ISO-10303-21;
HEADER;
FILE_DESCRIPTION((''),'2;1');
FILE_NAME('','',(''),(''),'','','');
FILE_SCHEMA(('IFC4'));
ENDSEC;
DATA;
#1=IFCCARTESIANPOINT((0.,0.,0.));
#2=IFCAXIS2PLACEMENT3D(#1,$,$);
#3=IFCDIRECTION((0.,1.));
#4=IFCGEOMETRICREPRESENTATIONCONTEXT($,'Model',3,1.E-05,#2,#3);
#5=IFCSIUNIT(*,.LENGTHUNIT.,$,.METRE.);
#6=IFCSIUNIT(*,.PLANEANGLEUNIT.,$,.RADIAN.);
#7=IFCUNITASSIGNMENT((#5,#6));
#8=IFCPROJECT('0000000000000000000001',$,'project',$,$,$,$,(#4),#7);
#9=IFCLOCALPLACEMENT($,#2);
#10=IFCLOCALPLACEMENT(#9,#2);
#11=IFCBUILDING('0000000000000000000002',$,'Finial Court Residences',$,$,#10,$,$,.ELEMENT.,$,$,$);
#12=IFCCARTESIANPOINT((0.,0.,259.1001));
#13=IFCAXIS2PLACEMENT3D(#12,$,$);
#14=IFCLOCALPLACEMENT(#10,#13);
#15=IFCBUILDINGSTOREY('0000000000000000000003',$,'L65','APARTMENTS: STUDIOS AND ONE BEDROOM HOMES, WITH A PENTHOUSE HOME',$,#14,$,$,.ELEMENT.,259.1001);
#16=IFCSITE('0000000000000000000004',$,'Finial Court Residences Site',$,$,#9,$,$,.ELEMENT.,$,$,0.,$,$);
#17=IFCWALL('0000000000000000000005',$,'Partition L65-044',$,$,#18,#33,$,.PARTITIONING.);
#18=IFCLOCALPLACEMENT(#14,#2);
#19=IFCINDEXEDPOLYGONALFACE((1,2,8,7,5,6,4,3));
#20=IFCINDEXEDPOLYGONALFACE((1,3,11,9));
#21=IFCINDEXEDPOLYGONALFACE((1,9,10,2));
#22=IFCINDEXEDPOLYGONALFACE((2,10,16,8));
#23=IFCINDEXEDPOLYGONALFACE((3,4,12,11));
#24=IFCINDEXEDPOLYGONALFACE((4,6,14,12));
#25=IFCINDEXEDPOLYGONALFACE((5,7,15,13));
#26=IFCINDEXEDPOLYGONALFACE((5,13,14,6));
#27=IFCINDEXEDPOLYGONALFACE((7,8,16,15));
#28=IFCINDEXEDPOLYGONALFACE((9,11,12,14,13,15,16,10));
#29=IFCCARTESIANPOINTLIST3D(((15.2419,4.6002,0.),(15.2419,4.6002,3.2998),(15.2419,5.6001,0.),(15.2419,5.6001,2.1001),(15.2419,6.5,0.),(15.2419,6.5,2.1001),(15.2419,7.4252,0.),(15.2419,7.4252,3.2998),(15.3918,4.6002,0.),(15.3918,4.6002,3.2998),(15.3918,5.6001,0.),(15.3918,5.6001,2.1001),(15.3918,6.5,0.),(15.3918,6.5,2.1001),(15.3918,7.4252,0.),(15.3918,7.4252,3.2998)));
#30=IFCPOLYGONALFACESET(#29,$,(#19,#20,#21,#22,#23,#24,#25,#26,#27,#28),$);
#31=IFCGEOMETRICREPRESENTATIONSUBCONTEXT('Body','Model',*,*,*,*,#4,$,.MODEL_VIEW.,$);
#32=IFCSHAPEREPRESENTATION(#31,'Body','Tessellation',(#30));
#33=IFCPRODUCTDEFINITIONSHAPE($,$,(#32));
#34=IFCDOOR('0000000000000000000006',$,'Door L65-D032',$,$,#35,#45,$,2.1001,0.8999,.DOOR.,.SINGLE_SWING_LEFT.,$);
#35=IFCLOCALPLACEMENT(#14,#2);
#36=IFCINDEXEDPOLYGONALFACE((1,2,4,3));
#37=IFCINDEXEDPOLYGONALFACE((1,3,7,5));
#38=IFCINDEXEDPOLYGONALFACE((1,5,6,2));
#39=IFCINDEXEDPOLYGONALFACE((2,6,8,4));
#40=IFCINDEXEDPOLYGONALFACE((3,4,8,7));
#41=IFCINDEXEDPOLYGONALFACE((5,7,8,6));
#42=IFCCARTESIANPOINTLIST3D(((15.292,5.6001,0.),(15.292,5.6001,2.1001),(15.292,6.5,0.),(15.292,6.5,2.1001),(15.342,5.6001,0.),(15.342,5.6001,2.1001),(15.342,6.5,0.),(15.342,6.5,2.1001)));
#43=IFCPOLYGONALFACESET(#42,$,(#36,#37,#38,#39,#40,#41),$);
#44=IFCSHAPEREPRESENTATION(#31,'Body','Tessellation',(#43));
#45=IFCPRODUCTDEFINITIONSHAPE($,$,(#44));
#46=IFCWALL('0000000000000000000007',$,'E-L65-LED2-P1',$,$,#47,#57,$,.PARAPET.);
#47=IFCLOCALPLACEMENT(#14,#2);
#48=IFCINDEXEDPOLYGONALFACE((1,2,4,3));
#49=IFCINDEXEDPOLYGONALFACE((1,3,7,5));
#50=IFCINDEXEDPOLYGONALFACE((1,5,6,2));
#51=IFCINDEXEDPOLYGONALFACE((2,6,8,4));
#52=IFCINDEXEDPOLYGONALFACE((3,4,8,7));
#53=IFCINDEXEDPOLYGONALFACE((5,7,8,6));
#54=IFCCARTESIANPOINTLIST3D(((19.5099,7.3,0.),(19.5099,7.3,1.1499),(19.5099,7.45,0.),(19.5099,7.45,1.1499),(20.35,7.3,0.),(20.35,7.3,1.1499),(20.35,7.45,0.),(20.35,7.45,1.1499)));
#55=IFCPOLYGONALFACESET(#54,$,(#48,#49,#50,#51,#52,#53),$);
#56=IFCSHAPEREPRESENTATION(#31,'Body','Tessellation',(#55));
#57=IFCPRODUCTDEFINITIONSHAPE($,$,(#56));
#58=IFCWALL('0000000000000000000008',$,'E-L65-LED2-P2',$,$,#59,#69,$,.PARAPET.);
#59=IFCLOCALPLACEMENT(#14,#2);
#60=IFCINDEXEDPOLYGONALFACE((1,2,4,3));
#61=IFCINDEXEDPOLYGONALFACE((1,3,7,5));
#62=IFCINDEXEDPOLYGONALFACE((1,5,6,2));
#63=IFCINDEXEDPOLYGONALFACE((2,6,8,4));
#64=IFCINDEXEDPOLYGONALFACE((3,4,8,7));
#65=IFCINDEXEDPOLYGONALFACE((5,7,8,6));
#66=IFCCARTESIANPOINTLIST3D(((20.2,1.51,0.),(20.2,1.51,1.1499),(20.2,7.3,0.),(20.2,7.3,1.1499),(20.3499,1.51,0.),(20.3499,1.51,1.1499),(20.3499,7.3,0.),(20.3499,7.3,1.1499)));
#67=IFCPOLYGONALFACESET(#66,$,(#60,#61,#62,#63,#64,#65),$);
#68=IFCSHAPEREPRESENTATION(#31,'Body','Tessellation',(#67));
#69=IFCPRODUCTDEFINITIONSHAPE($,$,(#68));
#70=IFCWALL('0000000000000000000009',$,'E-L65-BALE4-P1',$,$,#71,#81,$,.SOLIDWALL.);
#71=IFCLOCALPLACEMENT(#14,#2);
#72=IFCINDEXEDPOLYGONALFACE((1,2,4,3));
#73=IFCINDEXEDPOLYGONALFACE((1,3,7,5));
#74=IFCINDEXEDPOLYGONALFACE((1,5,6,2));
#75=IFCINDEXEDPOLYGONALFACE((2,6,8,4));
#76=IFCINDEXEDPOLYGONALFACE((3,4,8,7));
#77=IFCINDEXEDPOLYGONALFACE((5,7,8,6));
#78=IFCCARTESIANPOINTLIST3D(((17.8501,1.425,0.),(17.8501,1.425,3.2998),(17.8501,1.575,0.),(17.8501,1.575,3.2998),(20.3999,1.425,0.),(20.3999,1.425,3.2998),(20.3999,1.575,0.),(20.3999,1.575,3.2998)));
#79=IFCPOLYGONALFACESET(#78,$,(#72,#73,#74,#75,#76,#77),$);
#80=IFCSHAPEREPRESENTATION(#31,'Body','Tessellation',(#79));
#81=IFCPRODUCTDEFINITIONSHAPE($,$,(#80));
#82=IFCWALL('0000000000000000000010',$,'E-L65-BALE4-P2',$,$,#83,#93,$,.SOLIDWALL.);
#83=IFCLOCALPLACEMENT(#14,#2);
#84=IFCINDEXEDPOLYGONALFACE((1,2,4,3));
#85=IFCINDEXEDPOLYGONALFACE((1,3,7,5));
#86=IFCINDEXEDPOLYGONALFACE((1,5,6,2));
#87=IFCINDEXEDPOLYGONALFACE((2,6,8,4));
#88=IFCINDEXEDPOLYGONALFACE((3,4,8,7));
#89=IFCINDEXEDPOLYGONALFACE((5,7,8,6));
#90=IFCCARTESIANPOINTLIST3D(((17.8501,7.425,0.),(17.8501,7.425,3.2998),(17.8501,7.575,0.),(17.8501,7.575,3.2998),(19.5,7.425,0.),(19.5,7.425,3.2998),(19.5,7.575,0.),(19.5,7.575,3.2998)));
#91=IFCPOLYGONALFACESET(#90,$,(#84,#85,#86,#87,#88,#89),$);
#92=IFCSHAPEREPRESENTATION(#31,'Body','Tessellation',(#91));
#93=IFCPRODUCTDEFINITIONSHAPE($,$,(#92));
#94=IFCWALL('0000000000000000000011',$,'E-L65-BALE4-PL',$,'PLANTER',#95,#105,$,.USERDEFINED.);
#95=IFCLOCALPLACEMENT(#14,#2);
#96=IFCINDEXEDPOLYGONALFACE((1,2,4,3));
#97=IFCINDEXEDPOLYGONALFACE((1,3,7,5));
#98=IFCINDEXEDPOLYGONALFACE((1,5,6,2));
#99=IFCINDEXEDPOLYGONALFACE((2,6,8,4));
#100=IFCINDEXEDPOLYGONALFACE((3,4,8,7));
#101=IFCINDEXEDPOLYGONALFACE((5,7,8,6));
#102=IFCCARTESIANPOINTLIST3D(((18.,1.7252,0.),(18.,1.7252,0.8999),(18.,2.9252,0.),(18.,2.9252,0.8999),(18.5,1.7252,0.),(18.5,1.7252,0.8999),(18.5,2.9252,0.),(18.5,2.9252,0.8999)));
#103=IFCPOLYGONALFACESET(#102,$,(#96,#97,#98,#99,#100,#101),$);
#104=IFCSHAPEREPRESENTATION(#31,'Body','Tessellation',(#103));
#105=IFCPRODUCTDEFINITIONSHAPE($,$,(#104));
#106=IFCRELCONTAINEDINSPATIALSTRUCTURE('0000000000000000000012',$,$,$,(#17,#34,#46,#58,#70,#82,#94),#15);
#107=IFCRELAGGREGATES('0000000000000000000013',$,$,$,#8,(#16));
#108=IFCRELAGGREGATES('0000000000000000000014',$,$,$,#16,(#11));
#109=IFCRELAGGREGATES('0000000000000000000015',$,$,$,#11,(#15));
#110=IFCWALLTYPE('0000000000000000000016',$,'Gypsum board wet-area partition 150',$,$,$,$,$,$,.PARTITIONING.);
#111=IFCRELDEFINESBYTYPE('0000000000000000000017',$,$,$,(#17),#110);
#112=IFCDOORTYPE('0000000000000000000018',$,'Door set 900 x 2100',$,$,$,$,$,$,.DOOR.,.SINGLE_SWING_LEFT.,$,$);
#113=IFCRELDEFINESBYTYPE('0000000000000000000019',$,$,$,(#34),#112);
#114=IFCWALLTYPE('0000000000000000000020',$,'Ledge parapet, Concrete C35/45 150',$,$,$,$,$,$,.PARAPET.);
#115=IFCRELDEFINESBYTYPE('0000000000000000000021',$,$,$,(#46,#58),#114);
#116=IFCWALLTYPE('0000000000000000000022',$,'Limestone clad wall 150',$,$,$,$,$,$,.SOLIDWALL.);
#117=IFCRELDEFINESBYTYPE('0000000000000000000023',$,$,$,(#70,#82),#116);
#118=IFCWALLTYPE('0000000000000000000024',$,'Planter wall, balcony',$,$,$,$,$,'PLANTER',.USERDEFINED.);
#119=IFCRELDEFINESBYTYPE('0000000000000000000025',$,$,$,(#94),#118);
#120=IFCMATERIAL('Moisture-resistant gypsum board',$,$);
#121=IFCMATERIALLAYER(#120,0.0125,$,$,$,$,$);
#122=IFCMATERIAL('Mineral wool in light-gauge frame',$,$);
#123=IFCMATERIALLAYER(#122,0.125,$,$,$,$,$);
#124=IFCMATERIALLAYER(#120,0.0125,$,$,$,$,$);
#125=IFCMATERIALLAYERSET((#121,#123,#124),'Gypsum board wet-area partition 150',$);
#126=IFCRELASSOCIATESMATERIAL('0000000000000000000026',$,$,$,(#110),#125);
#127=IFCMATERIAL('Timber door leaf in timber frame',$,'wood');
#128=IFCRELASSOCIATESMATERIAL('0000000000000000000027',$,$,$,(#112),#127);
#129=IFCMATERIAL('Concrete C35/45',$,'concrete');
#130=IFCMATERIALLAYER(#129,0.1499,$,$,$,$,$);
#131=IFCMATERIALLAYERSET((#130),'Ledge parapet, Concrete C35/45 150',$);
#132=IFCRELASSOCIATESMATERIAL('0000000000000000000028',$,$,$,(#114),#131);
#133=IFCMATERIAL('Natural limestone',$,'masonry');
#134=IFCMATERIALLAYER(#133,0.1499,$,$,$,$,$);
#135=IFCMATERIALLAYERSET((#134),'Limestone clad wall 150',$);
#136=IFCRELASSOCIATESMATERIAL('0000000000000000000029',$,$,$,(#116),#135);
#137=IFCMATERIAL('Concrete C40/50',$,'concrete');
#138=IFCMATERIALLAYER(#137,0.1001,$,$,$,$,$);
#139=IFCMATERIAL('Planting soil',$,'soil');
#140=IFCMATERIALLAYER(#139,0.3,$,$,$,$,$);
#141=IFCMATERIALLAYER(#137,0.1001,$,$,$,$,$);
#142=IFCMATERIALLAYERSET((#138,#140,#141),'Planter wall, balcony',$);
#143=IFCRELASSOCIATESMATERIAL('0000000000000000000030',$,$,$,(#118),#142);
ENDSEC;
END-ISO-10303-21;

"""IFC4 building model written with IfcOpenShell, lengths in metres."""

from ifc_helpers import new_model, si_unit, direction, frame, frame_2d, origin, place, context, subcontext, project, spatial, rectangle, extrude, material, layer, layer_set, type_object, element, fill, save


model = new_model("IFC4")

# Units and contexts
model_context = context("Model", 3, precision=1e-05, world=origin(), true_north=direction((0.0, 1.0)))
body_context = subcontext(model_context, "Body", "Model", "MODEL_VIEW")
ifc_project = project(units=[si_unit("LENGTHUNIT", "METRE"), si_unit("PLANEANGLEUNIT", "RADIAN")], contexts=[model_context])

# Site, building, storey
site_placement = place(None, origin())
site = spatial("IfcSite", under=ifc_project, at=site_placement, Name="Finial Court Residences Site", CompositionType="ELEMENT", RefElevation=0.0)
building_placement = place(site_placement, origin())
building = spatial("IfcBuilding", under=site, at=building_placement, Name="Finial Court Residences", CompositionType="ELEMENT")
storey_placement = place(building_placement, frame((0.0, 0.0, 259.1001)))
storey = spatial("IfcBuildingStorey", under=building, at=storey_placement, Name="L65", Description="APARTMENTS: STUDIOS AND ONE BEDROOM HOMES, WITH A PENTHOUSE HOME", CompositionType="ELEMENT", Elevation=259.1001)

# Shared definitions
ifc_material_1 = material(Name="Mineral wool in light-gauge frame")

# Wall, opening, door
ifc_material_2 = material(Name="Moisture-resistant gypsum board")
ifc_layer_1 = layer(ifc_material_2, 0.0125)
ifc_layer_2 = layer(ifc_material_1, 0.125)
ifc_layer_3 = layer(ifc_material_2, 0.0125)
ifc_layer_set_1 = layer_set([ifc_layer_1, ifc_layer_2, ifc_layer_3], Name="Gypsum board wet-area partition 150")
wall_type_1 = type_object("IfcWallType", Name="Gypsum board wet-area partition 150", PredefinedType="PARTITIONING", material=ifc_layer_set_1)
ifc_material_3 = material(Name="Timber door leaf in timber frame", Category="wood")
door_type_1 = type_object("IfcDoorType", Name="Door set 900 x 2100", OperationType="SINGLE_SWING_LEFT", PredefinedType="DOOR", material=ifc_material_3)
wall_1_placement = place(storey_placement, frame((15.3169, 4.6001, 0.0), z_axis=(0.0, 0.0, 1.0), x_axis=(0.0, 1.0, 0.0)))
wall_1 = element("IfcWall", 1, at=wall_1_placement, inside=storey, type_object=wall_type_1, Name="Partition L65-044", PredefinedType="PARTITIONING", context=body_context, shape_type="SweptSolid", body=[
    extrude(rectangle(XDim=2.825, YDim=0.1499, at=frame_2d((1.4126, 0.0))), origin(), (0.0, 0.0, 1.0), 3.2998),
])
opening_1_placement = place(wall_1_placement, frame((1.0, 0.0, 0.0)))
opening_1 = element("IfcOpeningElement", 2, at=opening_1_placement, cuts=wall_1, PredefinedType="OPENING", context=body_context, shape_type="SweptSolid", body=[
    extrude(rectangle(XDim=0.8999, YDim=2.1001, at=frame_2d((0.45, 1.05))), frame((0.0, 0.085, 0.0), z_axis=(0.0, -1.0, 0.0), x_axis=(1.0, 0.0, 0.0)), (0.0, 0.0, 1.0), 0.1699),
])
door_1_placement = place(opening_1_placement, origin())
door_1 = element("IfcDoor", 3, at=door_1_placement, inside=storey, type_object=door_type_1, Name="Door L65-D032", OperationType="SINGLE_SWING_LEFT", OverallHeight=2.1001, OverallWidth=0.8999, PredefinedType="DOOR", context=body_context, shape_type="SweptSolid", body=[
    extrude(rectangle(XDim=0.8999, YDim=2.1001, at=frame_2d((0.45, 1.05))), frame((0.0, 0.0249, 0.0), z_axis=(0.0, -1.0, 0.0), x_axis=(1.0, 0.0, 0.0)), (0.0, 0.0, 1.0), 0.05),
])
fill(opening_1, door_1)

# Walls
ifc_material_4 = material(Name="Concrete C35/45", Category="concrete")
ifc_layer_4 = layer(ifc_material_4, 0.1499)
ifc_layer_set_2 = layer_set([ifc_layer_4], Name="Ledge parapet, Concrete C35/45 150")
wall_type_2 = type_object("IfcWallType", Name="Ledge parapet, Concrete C35/45 150", PredefinedType="PARAPET", material=ifc_layer_set_2)
wall_2_placement = place(storey_placement, frame((19.51, 7.375, 0.0), z_axis=(0.0, 0.0, 1.0), x_axis=(1.0, 0.0, 0.0)))
element("IfcWall", 4, at=wall_2_placement, inside=storey, type_object=wall_type_2, Name="E-L65-LED2-P1", PredefinedType="PARAPET", context=body_context, shape_type="SweptSolid", body=[
    extrude(rectangle(XDim=0.8401, YDim=0.1499, at=frame_2d((0.4199, 0.0))), origin(), (0.0, 0.0, 1.0), 1.1499),
])
wall_3_placement = place(storey_placement, frame((20.2749, 7.3, 0.0), z_axis=(0.0, 0.0, 1.0), x_axis=(0.0, -1.0, 0.0)))
element("IfcWall", 5, at=wall_3_placement, inside=storey, type_object=wall_type_2, Name="E-L65-LED2-P2", PredefinedType="PARAPET", context=body_context, shape_type="SweptSolid", body=[
    extrude(rectangle(XDim=5.79, YDim=0.1499, at=frame_2d((2.895, 0.0))), origin(), (0.0, 0.0, 1.0), 1.1499),
])
ifc_material_5 = material(Name="Natural limestone", Category="masonry")
ifc_layer_5 = layer(ifc_material_5, 0.1499)
ifc_layer_set_3 = layer_set([ifc_layer_5], Name="Limestone clad wall 150")
wall_type_3 = type_object("IfcWallType", Name="Limestone clad wall 150", PredefinedType="SOLIDWALL", material=ifc_layer_set_3)
wall_4_placement = place(storey_placement, frame((17.8501, 1.5, 0.0), z_axis=(0.0, 0.0, 1.0), x_axis=(1.0, 0.0, 0.0)))
element("IfcWall", 6, at=wall_4_placement, inside=storey, type_object=wall_type_3, Name="E-L65-BALE4-P1", PredefinedType="SOLIDWALL", context=body_context, shape_type="SweptSolid", body=[
    extrude(rectangle(XDim=2.5498, YDim=0.1499, at=frame_2d((1.2749, 0.0))), origin(), (0.0, 0.0, 1.0), 3.2998),
])
wall_5_placement = place(storey_placement, frame((17.8501, 7.5, 0.0), z_axis=(0.0, 0.0, 1.0), x_axis=(1.0, 0.0, 0.0)))
element("IfcWall", 7, at=wall_5_placement, inside=storey, type_object=wall_type_3, Name="E-L65-BALE4-P2", PredefinedType="SOLIDWALL", context=body_context, shape_type="SweptSolid", body=[
    extrude(rectangle(XDim=1.6499, YDim=0.1499, at=frame_2d((0.825, 0.0))), origin(), (0.0, 0.0, 1.0), 3.2998),
])

# Wall
ifc_material_6 = material(Name="Concrete C40/50", Category="concrete")
ifc_layer_6 = layer(ifc_material_6, 0.1001)
ifc_material_7 = material(Name="Planting soil", Category="soil")
ifc_layer_7 = layer(ifc_material_7, 0.3)
ifc_layer_8 = layer(ifc_material_6, 0.1001)
ifc_layer_set_4 = layer_set([ifc_layer_6, ifc_layer_7, ifc_layer_8], Name="Planter wall, balcony")
wall_type_4 = type_object("IfcWallType", Name="Planter wall, balcony", ElementType="PLANTER", PredefinedType="USERDEFINED", material=ifc_layer_set_4)
wall_6_placement = place(storey_placement, frame((18.25, 1.7251, 0.0), z_axis=(0.0, 0.0, 1.0), x_axis=(0.0, 1.0, 0.0)))
element("IfcWall", 8, at=wall_6_placement, inside=storey, type_object=wall_type_4, Name="E-L65-BALE4-PL", ObjectType="PLANTER", PredefinedType="USERDEFINED", context=body_context, shape_type="SweptSolid", body=[
    extrude(rectangle(XDim=1.2, YDim=0.5, at=frame_2d((0.6001, 0.0))), origin(), (0.0, 0.0, 1.0), 0.8999),
])

save(model, "model.ifc")
